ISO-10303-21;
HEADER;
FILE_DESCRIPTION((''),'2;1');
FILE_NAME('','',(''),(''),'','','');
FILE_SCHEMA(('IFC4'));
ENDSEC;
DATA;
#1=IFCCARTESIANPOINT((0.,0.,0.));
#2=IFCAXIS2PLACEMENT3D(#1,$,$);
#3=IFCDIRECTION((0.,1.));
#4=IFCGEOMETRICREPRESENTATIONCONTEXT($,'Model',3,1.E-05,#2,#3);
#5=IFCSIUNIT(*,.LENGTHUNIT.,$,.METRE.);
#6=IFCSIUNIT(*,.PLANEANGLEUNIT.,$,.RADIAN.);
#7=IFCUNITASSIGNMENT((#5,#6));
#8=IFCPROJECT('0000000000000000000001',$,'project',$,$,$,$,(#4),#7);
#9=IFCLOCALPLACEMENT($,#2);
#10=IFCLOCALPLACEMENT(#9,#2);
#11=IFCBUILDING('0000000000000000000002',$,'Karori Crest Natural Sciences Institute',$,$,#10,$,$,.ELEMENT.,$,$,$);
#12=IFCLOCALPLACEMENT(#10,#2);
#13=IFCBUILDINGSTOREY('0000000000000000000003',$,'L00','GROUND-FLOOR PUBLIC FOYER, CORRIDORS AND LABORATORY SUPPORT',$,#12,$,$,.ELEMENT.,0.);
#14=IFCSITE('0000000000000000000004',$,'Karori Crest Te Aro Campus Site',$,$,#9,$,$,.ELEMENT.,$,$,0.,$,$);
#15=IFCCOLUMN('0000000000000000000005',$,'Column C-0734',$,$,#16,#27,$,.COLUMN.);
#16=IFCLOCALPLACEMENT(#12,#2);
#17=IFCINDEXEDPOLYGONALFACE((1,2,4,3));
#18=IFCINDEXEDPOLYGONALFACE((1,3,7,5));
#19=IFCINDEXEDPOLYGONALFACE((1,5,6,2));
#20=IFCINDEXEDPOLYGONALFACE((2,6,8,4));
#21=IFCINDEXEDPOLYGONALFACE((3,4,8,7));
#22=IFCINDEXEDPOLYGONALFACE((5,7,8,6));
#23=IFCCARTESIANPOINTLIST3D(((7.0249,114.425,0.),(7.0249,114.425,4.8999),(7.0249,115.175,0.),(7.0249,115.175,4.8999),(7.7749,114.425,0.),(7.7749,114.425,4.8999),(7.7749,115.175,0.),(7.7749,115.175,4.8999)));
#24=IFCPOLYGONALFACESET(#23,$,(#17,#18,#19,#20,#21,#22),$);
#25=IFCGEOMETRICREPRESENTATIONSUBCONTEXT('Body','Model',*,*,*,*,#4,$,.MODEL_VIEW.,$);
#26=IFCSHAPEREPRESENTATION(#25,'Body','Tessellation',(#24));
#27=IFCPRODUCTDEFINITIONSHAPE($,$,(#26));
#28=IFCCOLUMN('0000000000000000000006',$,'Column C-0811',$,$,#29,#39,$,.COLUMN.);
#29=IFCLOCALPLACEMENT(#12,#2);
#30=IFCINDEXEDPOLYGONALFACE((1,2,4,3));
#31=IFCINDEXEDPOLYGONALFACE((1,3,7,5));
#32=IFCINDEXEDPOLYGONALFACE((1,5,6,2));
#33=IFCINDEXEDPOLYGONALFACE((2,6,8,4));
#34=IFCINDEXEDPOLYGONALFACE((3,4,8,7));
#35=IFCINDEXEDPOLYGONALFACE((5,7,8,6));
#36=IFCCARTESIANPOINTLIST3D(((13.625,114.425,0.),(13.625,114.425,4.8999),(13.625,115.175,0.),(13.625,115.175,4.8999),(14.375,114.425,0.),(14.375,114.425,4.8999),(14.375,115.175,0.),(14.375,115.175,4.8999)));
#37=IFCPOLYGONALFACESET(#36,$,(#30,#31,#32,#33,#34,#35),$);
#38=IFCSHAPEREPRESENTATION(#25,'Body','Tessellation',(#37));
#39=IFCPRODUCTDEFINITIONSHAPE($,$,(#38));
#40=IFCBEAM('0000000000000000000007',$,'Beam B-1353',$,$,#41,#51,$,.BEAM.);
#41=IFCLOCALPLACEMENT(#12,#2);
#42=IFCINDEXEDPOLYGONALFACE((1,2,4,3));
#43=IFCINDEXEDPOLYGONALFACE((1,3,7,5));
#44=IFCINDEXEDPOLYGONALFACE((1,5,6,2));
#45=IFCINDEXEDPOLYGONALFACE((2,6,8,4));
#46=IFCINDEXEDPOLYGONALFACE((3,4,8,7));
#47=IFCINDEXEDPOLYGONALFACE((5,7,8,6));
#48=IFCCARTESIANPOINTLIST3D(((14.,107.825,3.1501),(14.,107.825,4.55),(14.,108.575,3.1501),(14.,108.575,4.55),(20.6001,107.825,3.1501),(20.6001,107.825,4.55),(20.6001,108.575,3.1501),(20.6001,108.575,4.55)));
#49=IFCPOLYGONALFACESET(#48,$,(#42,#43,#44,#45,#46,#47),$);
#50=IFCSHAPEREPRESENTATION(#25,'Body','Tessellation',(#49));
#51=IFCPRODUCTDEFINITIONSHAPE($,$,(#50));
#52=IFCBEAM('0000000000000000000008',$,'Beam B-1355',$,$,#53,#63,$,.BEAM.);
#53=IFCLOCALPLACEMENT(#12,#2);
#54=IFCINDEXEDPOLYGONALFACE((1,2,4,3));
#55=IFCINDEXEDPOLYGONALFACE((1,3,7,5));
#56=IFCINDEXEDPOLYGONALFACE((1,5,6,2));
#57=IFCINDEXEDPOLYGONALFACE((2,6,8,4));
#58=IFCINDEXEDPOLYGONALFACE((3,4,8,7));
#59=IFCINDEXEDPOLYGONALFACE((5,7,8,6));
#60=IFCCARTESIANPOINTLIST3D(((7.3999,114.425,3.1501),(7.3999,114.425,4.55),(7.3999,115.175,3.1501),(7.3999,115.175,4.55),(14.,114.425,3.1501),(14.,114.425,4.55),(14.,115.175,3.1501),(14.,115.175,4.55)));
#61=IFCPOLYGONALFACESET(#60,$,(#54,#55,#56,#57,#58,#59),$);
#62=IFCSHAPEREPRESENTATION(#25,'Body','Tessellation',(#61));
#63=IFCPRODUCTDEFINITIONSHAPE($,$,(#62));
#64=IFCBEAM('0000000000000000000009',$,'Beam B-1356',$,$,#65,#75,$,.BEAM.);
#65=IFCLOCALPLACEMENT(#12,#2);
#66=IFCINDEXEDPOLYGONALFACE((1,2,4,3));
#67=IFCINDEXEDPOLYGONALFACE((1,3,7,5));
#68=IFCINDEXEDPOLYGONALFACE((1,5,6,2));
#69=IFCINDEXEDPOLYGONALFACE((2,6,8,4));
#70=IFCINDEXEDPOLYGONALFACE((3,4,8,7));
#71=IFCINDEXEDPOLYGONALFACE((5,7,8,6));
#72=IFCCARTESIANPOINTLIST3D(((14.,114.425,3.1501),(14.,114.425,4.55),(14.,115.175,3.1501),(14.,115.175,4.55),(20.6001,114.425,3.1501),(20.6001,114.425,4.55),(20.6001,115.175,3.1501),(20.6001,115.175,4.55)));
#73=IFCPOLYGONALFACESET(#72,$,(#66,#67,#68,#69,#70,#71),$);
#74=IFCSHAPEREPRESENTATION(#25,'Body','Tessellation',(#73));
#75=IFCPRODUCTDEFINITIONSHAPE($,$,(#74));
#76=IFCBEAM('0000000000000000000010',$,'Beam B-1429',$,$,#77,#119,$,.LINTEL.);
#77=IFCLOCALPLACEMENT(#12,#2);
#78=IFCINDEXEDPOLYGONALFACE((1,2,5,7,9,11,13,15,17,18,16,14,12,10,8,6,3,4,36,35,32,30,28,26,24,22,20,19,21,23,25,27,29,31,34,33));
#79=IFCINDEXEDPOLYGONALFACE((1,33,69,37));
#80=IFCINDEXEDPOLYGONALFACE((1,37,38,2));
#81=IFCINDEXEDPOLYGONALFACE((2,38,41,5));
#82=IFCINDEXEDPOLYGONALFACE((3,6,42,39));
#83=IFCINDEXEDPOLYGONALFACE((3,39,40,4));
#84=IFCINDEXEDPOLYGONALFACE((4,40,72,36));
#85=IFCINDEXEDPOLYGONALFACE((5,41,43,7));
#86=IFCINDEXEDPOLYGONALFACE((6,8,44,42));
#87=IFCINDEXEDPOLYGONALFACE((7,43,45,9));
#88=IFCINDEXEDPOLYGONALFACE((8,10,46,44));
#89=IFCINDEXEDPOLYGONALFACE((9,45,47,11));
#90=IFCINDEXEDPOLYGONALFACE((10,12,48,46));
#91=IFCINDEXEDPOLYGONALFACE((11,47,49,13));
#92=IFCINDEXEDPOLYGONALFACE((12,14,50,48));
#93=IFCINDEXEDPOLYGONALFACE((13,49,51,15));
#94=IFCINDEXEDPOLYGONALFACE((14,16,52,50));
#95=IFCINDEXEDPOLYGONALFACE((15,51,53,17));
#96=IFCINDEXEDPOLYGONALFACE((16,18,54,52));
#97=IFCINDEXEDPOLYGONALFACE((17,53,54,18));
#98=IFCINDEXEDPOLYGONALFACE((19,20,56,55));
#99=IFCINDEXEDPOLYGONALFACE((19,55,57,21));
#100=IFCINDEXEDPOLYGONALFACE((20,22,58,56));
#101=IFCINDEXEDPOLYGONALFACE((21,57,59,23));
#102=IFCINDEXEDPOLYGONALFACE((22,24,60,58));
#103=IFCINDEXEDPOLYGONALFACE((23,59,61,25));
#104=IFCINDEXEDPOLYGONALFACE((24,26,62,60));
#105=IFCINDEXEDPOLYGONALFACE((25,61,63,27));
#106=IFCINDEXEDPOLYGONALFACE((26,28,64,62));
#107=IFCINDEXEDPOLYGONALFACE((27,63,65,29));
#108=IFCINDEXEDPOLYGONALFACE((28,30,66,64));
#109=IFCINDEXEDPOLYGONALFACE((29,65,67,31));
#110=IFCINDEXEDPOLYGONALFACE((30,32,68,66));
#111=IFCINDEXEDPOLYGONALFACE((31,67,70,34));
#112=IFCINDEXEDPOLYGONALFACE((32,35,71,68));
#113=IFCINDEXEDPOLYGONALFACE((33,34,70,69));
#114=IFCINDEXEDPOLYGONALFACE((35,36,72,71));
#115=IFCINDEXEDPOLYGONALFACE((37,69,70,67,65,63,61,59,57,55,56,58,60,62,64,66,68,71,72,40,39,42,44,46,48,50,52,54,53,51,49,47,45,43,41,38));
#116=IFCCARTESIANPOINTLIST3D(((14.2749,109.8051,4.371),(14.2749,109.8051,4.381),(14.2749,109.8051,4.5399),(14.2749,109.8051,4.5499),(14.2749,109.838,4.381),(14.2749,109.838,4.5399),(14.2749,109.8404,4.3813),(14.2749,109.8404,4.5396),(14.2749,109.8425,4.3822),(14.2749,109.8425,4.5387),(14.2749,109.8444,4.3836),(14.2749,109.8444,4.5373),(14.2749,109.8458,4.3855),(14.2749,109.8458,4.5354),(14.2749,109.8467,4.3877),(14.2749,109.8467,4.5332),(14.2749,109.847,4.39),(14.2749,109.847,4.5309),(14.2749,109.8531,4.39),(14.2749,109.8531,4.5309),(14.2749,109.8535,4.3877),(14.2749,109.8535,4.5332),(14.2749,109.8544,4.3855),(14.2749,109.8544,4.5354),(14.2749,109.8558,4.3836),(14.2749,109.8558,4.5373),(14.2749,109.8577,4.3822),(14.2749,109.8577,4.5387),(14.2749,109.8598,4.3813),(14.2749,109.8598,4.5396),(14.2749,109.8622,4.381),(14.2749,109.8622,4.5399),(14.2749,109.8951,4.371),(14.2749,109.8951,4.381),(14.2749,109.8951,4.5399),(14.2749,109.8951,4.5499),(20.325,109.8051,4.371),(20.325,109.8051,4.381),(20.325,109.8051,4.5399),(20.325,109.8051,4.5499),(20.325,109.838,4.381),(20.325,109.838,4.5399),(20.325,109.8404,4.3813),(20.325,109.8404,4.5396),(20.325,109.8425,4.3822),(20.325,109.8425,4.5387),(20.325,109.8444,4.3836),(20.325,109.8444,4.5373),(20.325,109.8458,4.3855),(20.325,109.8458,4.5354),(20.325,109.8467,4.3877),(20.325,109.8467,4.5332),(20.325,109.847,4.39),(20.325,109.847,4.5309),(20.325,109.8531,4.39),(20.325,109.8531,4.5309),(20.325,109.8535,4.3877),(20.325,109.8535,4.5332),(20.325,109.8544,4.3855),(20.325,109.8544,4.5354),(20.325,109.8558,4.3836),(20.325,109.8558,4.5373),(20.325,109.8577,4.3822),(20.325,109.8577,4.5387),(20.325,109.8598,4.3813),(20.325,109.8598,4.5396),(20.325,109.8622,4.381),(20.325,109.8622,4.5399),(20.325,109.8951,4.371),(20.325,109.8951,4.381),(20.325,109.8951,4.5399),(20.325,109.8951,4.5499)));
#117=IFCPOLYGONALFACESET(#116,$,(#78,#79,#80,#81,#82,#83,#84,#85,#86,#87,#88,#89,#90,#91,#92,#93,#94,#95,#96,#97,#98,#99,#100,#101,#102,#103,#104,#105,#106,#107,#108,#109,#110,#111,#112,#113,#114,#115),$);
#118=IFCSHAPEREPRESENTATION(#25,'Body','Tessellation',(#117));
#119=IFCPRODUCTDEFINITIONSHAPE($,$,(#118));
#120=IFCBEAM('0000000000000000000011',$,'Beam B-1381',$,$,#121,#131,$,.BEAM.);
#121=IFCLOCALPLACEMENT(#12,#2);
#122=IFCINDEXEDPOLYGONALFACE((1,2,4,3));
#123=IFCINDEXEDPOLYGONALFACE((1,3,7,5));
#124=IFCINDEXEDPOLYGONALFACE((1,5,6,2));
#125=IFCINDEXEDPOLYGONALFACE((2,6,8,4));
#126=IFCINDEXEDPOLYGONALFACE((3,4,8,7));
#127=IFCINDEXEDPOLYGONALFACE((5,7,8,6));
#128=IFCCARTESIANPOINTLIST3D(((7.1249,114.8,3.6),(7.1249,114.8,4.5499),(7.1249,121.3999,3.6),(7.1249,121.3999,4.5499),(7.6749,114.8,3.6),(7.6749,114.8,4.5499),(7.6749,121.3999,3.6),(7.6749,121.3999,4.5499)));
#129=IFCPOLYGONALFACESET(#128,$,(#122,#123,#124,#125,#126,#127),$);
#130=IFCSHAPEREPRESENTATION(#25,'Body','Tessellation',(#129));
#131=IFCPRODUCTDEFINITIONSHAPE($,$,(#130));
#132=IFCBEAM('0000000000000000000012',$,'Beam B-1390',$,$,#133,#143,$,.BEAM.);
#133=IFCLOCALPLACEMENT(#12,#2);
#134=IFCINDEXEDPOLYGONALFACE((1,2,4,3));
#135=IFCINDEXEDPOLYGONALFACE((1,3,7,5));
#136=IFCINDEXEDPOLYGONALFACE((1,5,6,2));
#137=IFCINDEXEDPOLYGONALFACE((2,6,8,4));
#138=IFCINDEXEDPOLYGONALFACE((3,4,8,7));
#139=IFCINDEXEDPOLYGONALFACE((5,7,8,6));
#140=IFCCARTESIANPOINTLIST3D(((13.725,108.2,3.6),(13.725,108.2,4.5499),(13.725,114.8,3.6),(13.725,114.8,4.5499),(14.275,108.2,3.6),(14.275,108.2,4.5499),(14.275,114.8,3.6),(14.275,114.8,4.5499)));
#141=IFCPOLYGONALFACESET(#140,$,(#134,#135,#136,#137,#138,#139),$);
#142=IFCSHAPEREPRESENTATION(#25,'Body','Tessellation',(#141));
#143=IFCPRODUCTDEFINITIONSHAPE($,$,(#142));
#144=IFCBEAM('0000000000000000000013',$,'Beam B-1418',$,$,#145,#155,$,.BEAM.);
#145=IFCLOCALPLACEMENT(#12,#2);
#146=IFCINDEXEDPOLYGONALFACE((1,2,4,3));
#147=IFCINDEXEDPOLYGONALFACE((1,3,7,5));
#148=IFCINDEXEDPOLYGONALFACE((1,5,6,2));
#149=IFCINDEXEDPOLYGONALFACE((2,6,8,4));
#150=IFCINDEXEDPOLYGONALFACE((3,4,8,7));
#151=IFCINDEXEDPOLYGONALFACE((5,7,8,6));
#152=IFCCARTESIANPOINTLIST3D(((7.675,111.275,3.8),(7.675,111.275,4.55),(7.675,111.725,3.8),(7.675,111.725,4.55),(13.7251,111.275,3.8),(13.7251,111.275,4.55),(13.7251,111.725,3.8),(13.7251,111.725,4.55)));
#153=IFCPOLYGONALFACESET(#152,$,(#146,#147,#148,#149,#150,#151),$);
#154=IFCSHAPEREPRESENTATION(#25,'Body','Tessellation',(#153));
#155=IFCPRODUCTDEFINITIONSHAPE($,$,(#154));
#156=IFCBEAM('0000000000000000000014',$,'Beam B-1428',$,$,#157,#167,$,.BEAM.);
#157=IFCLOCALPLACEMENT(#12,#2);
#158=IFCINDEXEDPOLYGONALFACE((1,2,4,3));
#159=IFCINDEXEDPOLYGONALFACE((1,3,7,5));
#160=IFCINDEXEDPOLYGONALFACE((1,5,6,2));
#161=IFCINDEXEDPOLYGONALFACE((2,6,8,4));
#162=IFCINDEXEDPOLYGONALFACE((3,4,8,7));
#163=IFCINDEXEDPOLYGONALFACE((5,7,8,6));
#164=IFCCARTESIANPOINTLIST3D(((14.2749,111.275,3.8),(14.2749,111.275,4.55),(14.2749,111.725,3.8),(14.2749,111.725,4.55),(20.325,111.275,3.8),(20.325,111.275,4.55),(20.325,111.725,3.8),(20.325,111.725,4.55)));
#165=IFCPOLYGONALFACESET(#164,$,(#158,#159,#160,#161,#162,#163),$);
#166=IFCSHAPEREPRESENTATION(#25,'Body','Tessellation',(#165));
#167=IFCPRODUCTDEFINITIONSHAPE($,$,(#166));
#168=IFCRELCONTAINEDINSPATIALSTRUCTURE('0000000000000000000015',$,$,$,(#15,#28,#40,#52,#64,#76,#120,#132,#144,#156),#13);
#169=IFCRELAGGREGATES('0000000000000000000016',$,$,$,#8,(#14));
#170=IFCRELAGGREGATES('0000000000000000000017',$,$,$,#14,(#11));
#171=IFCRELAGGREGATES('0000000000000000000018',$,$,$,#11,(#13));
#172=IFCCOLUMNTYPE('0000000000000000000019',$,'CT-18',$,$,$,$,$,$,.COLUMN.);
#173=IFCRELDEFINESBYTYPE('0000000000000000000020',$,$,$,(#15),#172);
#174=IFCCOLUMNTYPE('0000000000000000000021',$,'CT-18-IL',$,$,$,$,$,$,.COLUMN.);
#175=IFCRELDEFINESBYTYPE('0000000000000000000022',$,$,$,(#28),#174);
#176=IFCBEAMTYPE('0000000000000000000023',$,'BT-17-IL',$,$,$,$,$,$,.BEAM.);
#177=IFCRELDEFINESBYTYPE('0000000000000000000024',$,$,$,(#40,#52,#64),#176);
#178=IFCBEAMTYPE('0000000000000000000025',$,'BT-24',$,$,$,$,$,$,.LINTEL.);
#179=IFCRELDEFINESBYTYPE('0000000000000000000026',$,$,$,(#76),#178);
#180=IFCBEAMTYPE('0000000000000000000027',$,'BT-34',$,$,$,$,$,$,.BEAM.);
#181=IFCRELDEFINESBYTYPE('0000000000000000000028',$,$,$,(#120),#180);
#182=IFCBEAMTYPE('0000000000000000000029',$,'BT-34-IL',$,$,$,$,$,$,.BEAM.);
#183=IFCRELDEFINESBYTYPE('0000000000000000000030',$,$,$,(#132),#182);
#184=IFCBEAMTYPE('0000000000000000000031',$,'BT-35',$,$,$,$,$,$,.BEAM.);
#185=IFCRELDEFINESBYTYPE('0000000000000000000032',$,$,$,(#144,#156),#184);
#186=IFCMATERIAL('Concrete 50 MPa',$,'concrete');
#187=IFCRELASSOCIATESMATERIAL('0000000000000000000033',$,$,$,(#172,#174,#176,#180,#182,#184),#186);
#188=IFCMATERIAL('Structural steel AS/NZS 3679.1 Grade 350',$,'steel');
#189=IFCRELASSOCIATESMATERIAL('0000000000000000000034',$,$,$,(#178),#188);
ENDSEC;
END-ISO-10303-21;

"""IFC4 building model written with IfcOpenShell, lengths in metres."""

from ifc_helpers import new_model, si_unit, direction, frame, origin, origin_2d, place, context, subcontext, project, spatial, rectangle, i_section, extrude, material, material_profile, profile_set, type_object, element, save


model = new_model("IFC4")

# Units and contexts
model_context = context("Model", 3, precision=1e-05, world=origin(), true_north=direction((0.0, 1.0)))
body_context = subcontext(model_context, "Body", "Model", "MODEL_VIEW")
ifc_project = project(units=[si_unit("LENGTHUNIT", "METRE"), si_unit("PLANEANGLEUNIT", "RADIAN")], contexts=[model_context])

# Site, building, storey
site_placement = place(None, origin())
site = spatial("IfcSite", under=ifc_project, at=site_placement, Name="Karori Crest Te Aro Campus Site", CompositionType="ELEMENT", RefElevation=0.0)
building_placement = place(site_placement, origin())
building = spatial("IfcBuilding", under=site, at=building_placement, Name="Karori Crest Natural Sciences Institute", CompositionType="ELEMENT")
storey_placement = place(building_placement, origin())
storey = spatial("IfcBuildingStorey", under=building, at=storey_placement, Name="L00", Description="GROUND-FLOOR PUBLIC FOYER, CORRIDORS AND LABORATORY SUPPORT", CompositionType="ELEMENT", Elevation=0.0)

# Columns
ifc_material_1 = material(Name="Concrete 50 MPa", Category="concrete")
ifc_material_profile_1 = material_profile(ifc_material_1, rectangle(XDim=0.75, YDim=0.75, at=origin_2d()), Name="RC750x750")
ifc_profile_set_1 = profile_set([ifc_material_profile_1], Name="Concrete 50 MPa")
column_type_1 = type_object("IfcColumnType", Name="CT-18", PredefinedType="COLUMN", material=ifc_profile_set_1)
column_1_placement = place(storey_placement, frame((7.3999, 114.8, 0.0), z_axis=(0.0, 0.0, 1.0), x_axis=(1.0, 0.0, 0.0)))
element("IfcColumn", 1, at=column_1_placement, inside=storey, type_object=column_type_1, Name="Column C-0734", PredefinedType="COLUMN", context=body_context, shape_type="SweptSolid", body=[
    extrude(rectangle(XDim=0.75, YDim=0.75, at=origin_2d()), origin(), (0.0, 0.0, 1.0), 4.8999),
])
ifc_material_profile_2 = material_profile(ifc_material_1, rectangle(XDim=0.75, YDim=0.75, at=origin_2d()), Name="RC750x750")
ifc_profile_set_2 = profile_set([ifc_material_profile_2], Name="Concrete 50 MPa")
column_type_2 = type_object("IfcColumnType", Name="CT-18-IL", PredefinedType="COLUMN", material=ifc_profile_set_2)
column_2_placement = place(storey_placement, frame((14.0, 114.8, 0.0), z_axis=(0.0, 0.0, 1.0), x_axis=(1.0, 0.0, 0.0)))
element("IfcColumn", 2, at=column_2_placement, inside=storey, type_object=column_type_2, Name="Column C-0811", PredefinedType="COLUMN", context=body_context, shape_type="SweptSolid", body=[
    extrude(rectangle(XDim=0.75, YDim=0.75, at=origin_2d()), origin(), (0.0, 0.0, 1.0), 4.8999),
])

# Beams
ifc_material_profile_3 = material_profile(ifc_material_1, rectangle(XDim=0.75, YDim=1.3999, at=origin_2d()), Name="RCB750x1400")
ifc_profile_set_3 = profile_set([ifc_material_profile_3], Name="Concrete 50 MPa")
beam_type_1 = type_object("IfcBeamType", Name="BT-17-IL", PredefinedType="BEAM", material=ifc_profile_set_3)
for number, where, z_axis, x_axis, name in (
    (3, (14.0, 108.2, 3.8501), (1.0, 0.0, 0.0), (0.0, 1.0, 0.0), "Beam B-1353"),
    (4, (7.3999, 114.8, 3.8501), (1.0, 0.0, 0.0), (0.0, 1.0, 0.0), "Beam B-1355"),
    (5, (14.0, 114.8, 3.8501), (1.0, 0.0, 0.0), (0.0, 1.0, 0.0), "Beam B-1356"),
):
    element("IfcBeam", number, at=place(storey_placement, frame(where, z_axis=z_axis, x_axis=x_axis)), inside=storey, type_object=beam_type_1, Name=name, PredefinedType="BEAM", context=body_context, shape_type="SweptSolid", body=[
        extrude(rectangle(XDim=0.75, YDim=1.3999, at=origin_2d()), origin(), (0.0, 0.0, 1.0), 6.6001),
    ])
ifc_material_2 = material(Name="Structural steel AS/NZS 3679.1 Grade 350", Category="steel")
ifc_material_profile_4 = material_profile(ifc_material_2, i_section(OverallWidth=0.0901, OverallDepth=0.179, WebThickness=0.0061, FlangeThickness=0.01, FilletRadius=0.009, at=origin_2d()), Name="180UB22.2")
ifc_profile_set_4 = profile_set([ifc_material_profile_4], Name="Structural steel AS/NZS 3679.1 Grade 350")
beam_type_2 = type_object("IfcBeamType", Name="BT-24", PredefinedType="LINTEL", material=ifc_profile_set_4)
beam_1_placement = place(storey_placement, frame((14.2749, 109.8501, 4.4604), z_axis=(1.0, 0.0, 0.0), x_axis=(0.0, 1.0, 0.0)))
element("IfcBeam", 6, at=beam_1_placement, inside=storey, type_object=beam_type_2, Name="Beam B-1429", PredefinedType="LINTEL", context=body_context, shape_type="SweptSolid", body=[
    extrude(i_section(OverallWidth=0.0901, OverallDepth=0.179, WebThickness=0.0061, FlangeThickness=0.01, FilletRadius=0.009, at=origin_2d()), origin(), (0.0, 0.0, 1.0), 6.05),
])
ifc_material_profile_5 = material_profile(ifc_material_1, rectangle(XDim=0.55, YDim=0.95, at=origin_2d()), Name="RCB550x950")
ifc_profile_set_5 = profile_set([ifc_material_profile_5], Name="Concrete 50 MPa")
beam_type_3 = type_object("IfcBeamType", Name="BT-34", PredefinedType="BEAM", material=ifc_profile_set_5)
beam_2_placement = place(storey_placement, frame((7.3999, 114.8, 4.075), z_axis=(0.0, 1.0, 0.0), x_axis=(-1.0, 0.0, 0.0)))
element("IfcBeam", 7, at=beam_2_placement, inside=storey, type_object=beam_type_3, Name="Beam B-1381", PredefinedType="BEAM", context=body_context, shape_type="SweptSolid", body=[
    extrude(rectangle(XDim=0.55, YDim=0.95, at=origin_2d()), origin(), (0.0, 0.0, 1.0), 6.5999),
])
ifc_material_profile_6 = material_profile(ifc_material_1, rectangle(XDim=0.55, YDim=0.95, at=origin_2d()), Name="RCB550x950")
ifc_profile_set_6 = profile_set([ifc_material_profile_6], Name="Concrete 50 MPa")
beam_type_4 = type_object("IfcBeamType", Name="BT-34-IL", PredefinedType="BEAM", material=ifc_profile_set_6)
beam_3_placement = place(storey_placement, frame((14.0, 108.2, 4.075), z_axis=(0.0, 1.0, 0.0), x_axis=(-1.0, 0.0, 0.0)))
element("IfcBeam", 8, at=beam_3_placement, inside=storey, type_object=beam_type_4, Name="Beam B-1390", PredefinedType="BEAM", context=body_context, shape_type="SweptSolid", body=[
    extrude(rectangle(XDim=0.55, YDim=0.95, at=origin_2d()), origin(), (0.0, 0.0, 1.0), 6.6001),
])
ifc_material_profile_7 = material_profile(ifc_material_1, rectangle(XDim=0.45, YDim=0.75, at=origin_2d()), Name="RCB450x750")
ifc_profile_set_7 = profile_set([ifc_material_profile_7], Name="Concrete 50 MPa")
beam_type_5 = type_object("IfcBeamType", Name="BT-35", PredefinedType="BEAM", material=ifc_profile_set_7)
for number, where, z_axis, x_axis, name in (
    (9, (7.675, 111.5, 4.175), (1.0, 0.0, 0.0), (0.0, 1.0, 0.0), "Beam B-1418"),
    (10, (14.2749, 111.5, 4.175), (1.0, 0.0, 0.0), (0.0, 1.0, 0.0), "Beam B-1428"),
):
    element("IfcBeam", number, at=place(storey_placement, frame(where, z_axis=z_axis, x_axis=x_axis)), inside=storey, type_object=beam_type_5, Name=name, PredefinedType="BEAM", context=body_context, shape_type="SweptSolid", body=[
        extrude(rectangle(XDim=0.45, YDim=0.75, at=origin_2d()), origin(), (0.0, 0.0, 1.0), 6.05),
    ])

save(model, "model.ifc")
